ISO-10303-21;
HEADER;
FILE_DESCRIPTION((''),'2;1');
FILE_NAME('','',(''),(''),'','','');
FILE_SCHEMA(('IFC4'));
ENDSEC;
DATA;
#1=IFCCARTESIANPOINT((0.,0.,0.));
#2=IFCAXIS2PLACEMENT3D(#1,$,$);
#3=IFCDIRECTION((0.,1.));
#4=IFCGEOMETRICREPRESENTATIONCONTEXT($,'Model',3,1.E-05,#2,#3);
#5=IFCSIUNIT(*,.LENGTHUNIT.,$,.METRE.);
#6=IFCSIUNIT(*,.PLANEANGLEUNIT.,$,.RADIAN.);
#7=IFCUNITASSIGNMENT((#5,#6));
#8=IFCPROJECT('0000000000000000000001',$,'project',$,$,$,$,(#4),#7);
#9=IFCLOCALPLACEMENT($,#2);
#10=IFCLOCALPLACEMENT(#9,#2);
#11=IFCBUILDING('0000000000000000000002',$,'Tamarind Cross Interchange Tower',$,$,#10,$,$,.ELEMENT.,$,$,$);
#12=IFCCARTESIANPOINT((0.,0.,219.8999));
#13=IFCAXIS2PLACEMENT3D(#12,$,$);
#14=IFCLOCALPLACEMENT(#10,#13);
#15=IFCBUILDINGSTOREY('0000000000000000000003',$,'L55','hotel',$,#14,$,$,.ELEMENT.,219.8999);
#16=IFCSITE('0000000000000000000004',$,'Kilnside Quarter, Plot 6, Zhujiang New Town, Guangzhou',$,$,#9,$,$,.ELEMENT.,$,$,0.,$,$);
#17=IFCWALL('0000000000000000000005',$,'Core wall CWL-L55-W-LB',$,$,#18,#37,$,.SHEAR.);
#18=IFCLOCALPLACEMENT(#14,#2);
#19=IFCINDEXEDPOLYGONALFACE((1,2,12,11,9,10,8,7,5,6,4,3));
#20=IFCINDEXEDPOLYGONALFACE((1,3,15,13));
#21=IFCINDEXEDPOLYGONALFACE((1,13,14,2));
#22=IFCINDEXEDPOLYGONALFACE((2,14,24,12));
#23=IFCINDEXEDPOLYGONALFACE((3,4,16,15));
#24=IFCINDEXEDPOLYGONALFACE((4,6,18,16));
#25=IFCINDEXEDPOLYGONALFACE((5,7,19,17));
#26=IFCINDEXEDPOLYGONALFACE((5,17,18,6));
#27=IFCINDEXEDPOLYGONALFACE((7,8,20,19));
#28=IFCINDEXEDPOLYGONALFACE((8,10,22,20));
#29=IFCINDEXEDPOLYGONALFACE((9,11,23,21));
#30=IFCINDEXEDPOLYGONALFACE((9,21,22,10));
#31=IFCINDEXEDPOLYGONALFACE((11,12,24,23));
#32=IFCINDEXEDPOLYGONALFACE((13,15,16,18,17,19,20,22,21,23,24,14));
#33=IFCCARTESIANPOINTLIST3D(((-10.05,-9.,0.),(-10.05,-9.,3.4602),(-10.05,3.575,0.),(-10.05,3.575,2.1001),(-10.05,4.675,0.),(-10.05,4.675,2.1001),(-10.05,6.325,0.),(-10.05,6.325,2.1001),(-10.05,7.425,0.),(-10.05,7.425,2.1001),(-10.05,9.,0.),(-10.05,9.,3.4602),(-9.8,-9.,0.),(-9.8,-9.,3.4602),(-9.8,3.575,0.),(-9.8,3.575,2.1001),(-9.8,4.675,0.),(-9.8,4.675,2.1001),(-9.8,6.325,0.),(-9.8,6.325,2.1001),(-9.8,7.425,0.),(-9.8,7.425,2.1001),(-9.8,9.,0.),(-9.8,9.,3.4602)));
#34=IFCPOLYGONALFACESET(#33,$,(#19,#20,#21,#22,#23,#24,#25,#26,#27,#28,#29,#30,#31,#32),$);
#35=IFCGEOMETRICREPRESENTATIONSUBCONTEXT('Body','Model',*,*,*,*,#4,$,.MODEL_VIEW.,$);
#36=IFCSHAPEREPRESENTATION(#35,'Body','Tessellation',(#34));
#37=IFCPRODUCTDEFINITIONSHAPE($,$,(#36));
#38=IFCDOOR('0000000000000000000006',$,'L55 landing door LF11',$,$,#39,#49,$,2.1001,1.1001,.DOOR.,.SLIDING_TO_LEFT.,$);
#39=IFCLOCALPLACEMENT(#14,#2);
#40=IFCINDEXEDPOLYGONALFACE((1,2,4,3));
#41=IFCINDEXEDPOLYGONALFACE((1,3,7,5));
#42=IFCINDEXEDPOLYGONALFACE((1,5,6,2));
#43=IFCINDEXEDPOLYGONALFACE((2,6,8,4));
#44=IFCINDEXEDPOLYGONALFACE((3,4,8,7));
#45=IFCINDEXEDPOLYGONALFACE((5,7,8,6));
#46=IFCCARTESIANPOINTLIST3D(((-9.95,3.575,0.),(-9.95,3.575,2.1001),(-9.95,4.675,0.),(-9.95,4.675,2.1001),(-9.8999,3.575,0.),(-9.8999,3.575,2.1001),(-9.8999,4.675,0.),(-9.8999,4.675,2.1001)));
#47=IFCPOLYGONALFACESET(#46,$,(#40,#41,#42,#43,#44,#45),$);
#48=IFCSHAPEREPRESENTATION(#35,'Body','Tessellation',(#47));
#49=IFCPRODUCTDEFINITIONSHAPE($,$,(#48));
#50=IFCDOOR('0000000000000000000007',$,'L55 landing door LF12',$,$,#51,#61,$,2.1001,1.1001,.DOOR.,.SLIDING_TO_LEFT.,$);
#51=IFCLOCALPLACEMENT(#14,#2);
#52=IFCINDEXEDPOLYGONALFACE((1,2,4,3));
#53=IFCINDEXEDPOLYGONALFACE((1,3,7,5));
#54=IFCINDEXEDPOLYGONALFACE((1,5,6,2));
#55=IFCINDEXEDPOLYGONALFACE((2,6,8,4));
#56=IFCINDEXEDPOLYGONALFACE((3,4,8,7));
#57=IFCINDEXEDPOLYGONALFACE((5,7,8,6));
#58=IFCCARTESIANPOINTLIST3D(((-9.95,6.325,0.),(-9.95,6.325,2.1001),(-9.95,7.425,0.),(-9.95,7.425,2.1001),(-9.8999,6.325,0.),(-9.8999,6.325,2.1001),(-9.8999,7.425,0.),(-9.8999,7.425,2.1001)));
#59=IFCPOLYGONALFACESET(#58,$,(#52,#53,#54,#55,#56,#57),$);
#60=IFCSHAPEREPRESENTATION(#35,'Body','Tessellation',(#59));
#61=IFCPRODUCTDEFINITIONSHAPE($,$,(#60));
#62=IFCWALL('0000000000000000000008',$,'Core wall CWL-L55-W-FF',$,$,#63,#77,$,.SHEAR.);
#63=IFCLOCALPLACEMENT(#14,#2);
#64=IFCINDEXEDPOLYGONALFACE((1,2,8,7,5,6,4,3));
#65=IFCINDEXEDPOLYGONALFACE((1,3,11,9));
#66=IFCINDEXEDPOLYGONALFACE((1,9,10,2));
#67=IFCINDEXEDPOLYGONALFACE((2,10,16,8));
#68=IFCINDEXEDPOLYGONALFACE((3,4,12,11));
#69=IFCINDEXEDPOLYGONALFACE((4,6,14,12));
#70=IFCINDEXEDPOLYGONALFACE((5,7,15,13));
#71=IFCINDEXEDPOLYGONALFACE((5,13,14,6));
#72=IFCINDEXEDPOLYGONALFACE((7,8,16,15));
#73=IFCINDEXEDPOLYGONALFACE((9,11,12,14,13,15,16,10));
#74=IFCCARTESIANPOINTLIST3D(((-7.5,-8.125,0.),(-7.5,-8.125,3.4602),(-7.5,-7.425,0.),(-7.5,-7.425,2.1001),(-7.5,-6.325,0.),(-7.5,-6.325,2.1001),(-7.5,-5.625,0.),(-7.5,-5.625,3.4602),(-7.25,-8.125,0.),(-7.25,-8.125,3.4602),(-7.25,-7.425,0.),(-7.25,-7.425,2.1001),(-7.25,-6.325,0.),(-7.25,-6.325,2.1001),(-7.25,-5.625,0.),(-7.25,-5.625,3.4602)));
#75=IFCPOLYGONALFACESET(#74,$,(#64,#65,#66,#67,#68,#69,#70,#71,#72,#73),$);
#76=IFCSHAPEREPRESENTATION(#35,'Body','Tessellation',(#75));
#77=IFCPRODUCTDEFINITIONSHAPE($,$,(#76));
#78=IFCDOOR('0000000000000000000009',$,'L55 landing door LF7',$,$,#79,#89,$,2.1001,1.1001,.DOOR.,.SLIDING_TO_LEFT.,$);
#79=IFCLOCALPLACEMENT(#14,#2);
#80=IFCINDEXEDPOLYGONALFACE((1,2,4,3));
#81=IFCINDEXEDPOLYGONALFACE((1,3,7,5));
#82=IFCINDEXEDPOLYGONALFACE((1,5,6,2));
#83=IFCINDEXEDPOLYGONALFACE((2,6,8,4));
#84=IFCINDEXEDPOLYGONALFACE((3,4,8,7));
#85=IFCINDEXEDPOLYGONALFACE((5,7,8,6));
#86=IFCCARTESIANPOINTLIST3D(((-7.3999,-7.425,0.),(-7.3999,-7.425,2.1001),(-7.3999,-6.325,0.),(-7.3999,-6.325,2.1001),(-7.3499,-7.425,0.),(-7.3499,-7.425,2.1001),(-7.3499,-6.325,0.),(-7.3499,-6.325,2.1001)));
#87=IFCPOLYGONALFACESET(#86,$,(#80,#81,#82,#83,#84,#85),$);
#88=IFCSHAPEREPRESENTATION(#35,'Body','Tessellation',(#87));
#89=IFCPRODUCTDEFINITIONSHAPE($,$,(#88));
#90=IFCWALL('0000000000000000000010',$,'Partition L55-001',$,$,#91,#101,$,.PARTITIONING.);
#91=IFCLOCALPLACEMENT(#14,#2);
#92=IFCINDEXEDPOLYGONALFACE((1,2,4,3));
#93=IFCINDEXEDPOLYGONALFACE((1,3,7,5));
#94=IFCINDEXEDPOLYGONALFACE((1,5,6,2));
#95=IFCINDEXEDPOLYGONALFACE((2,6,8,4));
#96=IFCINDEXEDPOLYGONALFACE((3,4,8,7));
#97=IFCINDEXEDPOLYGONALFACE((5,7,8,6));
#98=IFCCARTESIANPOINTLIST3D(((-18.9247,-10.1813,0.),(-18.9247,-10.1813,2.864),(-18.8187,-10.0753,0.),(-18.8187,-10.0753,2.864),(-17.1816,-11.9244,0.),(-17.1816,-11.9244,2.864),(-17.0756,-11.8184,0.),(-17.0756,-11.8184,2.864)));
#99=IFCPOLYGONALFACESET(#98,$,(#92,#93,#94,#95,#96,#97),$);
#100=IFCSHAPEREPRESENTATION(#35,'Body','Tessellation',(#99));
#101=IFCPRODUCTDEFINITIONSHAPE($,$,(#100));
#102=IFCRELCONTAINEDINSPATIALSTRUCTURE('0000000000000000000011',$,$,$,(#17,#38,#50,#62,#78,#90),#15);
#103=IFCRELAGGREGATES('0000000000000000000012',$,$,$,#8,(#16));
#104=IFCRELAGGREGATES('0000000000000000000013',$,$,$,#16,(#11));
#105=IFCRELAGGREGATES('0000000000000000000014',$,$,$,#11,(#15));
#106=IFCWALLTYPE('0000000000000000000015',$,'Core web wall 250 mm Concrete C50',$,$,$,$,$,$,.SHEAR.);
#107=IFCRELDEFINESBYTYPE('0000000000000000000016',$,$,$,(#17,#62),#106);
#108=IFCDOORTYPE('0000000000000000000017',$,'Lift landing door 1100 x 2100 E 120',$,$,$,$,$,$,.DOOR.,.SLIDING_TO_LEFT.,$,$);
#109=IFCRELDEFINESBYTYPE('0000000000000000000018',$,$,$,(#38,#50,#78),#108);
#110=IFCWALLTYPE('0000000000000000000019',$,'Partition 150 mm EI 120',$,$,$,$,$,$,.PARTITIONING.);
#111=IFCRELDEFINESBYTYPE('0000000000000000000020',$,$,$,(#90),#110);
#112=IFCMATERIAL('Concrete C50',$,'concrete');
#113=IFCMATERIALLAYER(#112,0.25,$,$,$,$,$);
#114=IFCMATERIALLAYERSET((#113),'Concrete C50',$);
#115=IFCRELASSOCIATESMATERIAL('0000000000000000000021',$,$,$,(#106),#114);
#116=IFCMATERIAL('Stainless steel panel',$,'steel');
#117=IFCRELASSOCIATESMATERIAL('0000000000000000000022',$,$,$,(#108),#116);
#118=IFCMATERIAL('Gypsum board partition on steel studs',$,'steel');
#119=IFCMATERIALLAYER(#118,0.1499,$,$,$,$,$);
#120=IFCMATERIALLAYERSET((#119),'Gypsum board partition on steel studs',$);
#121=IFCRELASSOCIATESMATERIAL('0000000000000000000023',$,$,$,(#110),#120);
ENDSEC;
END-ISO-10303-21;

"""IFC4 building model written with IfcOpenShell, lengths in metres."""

from ifc_helpers import new_model, si_unit, direction, frame, frame_2d, origin, place, context, subcontext, project, spatial, rectangle, extrude, material, layer, layer_set, type_object, element, fill, save


model = new_model("IFC4")

# Units and contexts
model_context = context("Model", 3, precision=1e-05, world=origin(), true_north=direction((0.0, 1.0)))
body_context = subcontext(model_context, "Body", "Model", "MODEL_VIEW")
ifc_project = project(units=[si_unit("LENGTHUNIT", "METRE"), si_unit("PLANEANGLEUNIT", "RADIAN")], contexts=[model_context])

# Site, building, storey
site_placement = place(None, origin())
site = spatial("IfcSite", under=ifc_project, at=site_placement, Name="Kilnside Quarter, Plot 6, Zhujiang New Town, Guangzhou", CompositionType="ELEMENT", RefElevation=0.0)
building_placement = place(site_placement, origin())
building = spatial("IfcBuilding", under=site, at=building_placement, Name="Tamarind Cross Interchange Tower", CompositionType="ELEMENT")
storey_placement = place(building_placement, frame((0.0, 0.0, 219.8999)))
storey = spatial("IfcBuildingStorey", under=building, at=storey_placement, Name="L55", Description="hotel", CompositionType="ELEMENT", Elevation=219.8999)

# Shared definitions
ifc_material_1 = material(Name="Concrete C50", Category="concrete")

# Shared definitions
ifc_layer_1 = layer(ifc_material_1, 0.25)
ifc_layer_set_1 = layer_set([ifc_layer_1], Name="Concrete C50")
wall_type_1 = type_object("IfcWallType", Name="Core web wall 250 mm Concrete C50", PredefinedType="SHEAR", material=ifc_layer_set_1)

# Wall, openings, doors
ifc_material_2 = material(Name="Stainless steel panel", Category="steel")
wall_1_placement = place(storey_placement, frame((-9.925, -9.0, 0.0), z_axis=(0.0, 0.0, 1.0), x_axis=(0.0, 1.0, 0.0)))
wall_1 = element("IfcWall", 1, at=wall_1_placement, inside=storey, type_object=wall_type_1, Name="Core wall CWL-L55-W-LB", PredefinedType="SHEAR", context=body_context, shape_type="SweptSolid", body=[
    extrude(rectangle(XDim=18.0, YDim=0.25, at=frame_2d((9.0, 0.0))), origin(), (0.0, 0.0, 1.0), 3.4602),
])
opening_1_placement = place(wall_1_placement, frame((12.575, 0.0, 0.0)))
opening_1 = element("IfcOpeningElement", 2, at=opening_1_placement, cuts=wall_1, PredefinedType="OPENING", context=body_context, shape_type="SweptSolid", body=[
    extrude(rectangle(XDim=1.1001, YDim=2.1001, at=frame_2d((0.55, 1.05))), frame((0.0, 0.135, 0.0), z_axis=(0.0, -1.0, 0.0), x_axis=(1.0, 0.0, 0.0)), (0.0, 0.0, 1.0), 0.27),
])
opening_2_placement = place(wall_1_placement, frame((15.325, 0.0, 0.0)))
opening_2 = element("IfcOpeningElement", 3, at=opening_2_placement, cuts=wall_1, PredefinedType="OPENING", context=body_context, shape_type="SweptSolid", body=[
    extrude(rectangle(XDim=1.1001, YDim=2.1001, at=frame_2d((0.55, 1.05))), frame((0.0, 0.135, 0.0), z_axis=(0.0, -1.0, 0.0), x_axis=(1.0, 0.0, 0.0)), (0.0, 0.0, 1.0), 0.27),
])
door_type_1 = type_object("IfcDoorType", Name="Lift landing door 1100 x 2100 E 120", OperationType="SLIDING_TO_LEFT", PredefinedType="DOOR", material=ifc_material_2)
door_1_placement = place(opening_1_placement, origin())
door_1 = element("IfcDoor", 4, at=door_1_placement, inside=storey, type_object=door_type_1, Name="L55 landing door LF11", OperationType="SLIDING_TO_LEFT", OverallHeight=2.1001, OverallWidth=1.1001, PredefinedType="DOOR", context=body_context, shape_type="SweptSolid", body=[
    extrude(rectangle(XDim=1.1001, YDim=2.1001, at=frame_2d((0.55, 1.05))), frame((0.0, 0.0249, 0.0), z_axis=(0.0, -1.0, 0.0), x_axis=(1.0, 0.0, 0.0)), (0.0, 0.0, 1.0), 0.05),
])
fill(opening_1, door_1)
door_2_placement = place(opening_2_placement, origin())
door_2 = element("IfcDoor", 5, at=door_2_placement, inside=storey, type_object=door_type_1, Name="L55 landing door LF12", OperationType="SLIDING_TO_LEFT", OverallHeight=2.1001, OverallWidth=1.1001, PredefinedType="DOOR", context=body_context, shape_type="SweptSolid", body=[
    extrude(rectangle(XDim=1.1001, YDim=2.1001, at=frame_2d((0.55, 1.05))), frame((0.0, 0.0249, 0.0), z_axis=(0.0, -1.0, 0.0), x_axis=(1.0, 0.0, 0.0)), (0.0, 0.0, 1.0), 0.05),
])
fill(opening_2, door_2)

# Wall, opening, door
wall_2_placement = place(storey_placement, frame((-7.375, -8.125, 0.0), z_axis=(0.0, 0.0, 1.0), x_axis=(0.0, 1.0, 0.0)))
wall_2 = element("IfcWall", 6, at=wall_2_placement, inside=storey, type_object=wall_type_1, Name="Core wall CWL-L55-W-FF", PredefinedType="SHEAR", context=body_context, shape_type="SweptSolid", body=[
    extrude(rectangle(XDim=2.5, YDim=0.25, at=frame_2d((1.25, 0.0))), origin(), (0.0, 0.0, 1.0), 3.4602),
])
opening_3_placement = place(wall_2_placement, frame((0.7, 0.0, 0.0)))
opening_3 = element("IfcOpeningElement", 7, at=opening_3_placement, cuts=wall_2, PredefinedType="OPENING", context=body_context, shape_type="SweptSolid", body=[
    extrude(rectangle(XDim=1.1001, YDim=2.1001, at=frame_2d((0.55, 1.05))), frame((0.0, 0.135, 0.0), z_axis=(0.0, -1.0, 0.0), x_axis=(1.0, 0.0, 0.0)), (0.0, 0.0, 1.0), 0.27),
])
door_3_placement = place(opening_3_placement, origin())
door_3 = element("IfcDoor", 8, at=door_3_placement, inside=storey, type_object=door_type_1, Name="L55 landing door LF7", OperationType="SLIDING_TO_LEFT", OverallHeight=2.1001, OverallWidth=1.1001, PredefinedType="DOOR", context=body_context, shape_type="SweptSolid", body=[
    extrude(rectangle(XDim=1.1001, YDim=2.1001, at=frame_2d((0.55, 1.05))), frame((0.0, 0.0249, 0.0), z_axis=(0.0, -1.0, 0.0), x_axis=(1.0, 0.0, 0.0)), (0.0, 0.0, 1.0), 0.05),
])
fill(opening_3, door_3)

# Wall
ifc_material_3 = material(Name="Gypsum board partition on steel studs", Category="steel")
ifc_layer_2 = layer(ifc_material_3, 0.1499)
ifc_layer_set_2 = layer_set([ifc_layer_2], Name="Gypsum board partition on steel studs")
wall_type_2 = type_object("IfcWallType", Name="Partition 150 mm EI 120", PredefinedType="PARTITIONING", material=ifc_layer_set_2)
wall_3_placement = place(storey_placement, frame((-18.8716, -10.1284, 0.0), z_axis=(0.0, 0.0, 1.0), x_axis=(0.707107, -0.707107, 0.0)))
element("IfcWall", 9, at=wall_3_placement, inside=storey, type_object=wall_type_2, Name="Partition L55-001", PredefinedType="PARTITIONING", context=body_context, shape_type="SweptSolid", body=[
    extrude(rectangle(XDim=2.4651, YDim=0.1499, at=frame_2d((1.2324, 0.0))), origin(), (0.0, 0.0, 1.0), 2.864),
])

save(model, "model.ifc")
